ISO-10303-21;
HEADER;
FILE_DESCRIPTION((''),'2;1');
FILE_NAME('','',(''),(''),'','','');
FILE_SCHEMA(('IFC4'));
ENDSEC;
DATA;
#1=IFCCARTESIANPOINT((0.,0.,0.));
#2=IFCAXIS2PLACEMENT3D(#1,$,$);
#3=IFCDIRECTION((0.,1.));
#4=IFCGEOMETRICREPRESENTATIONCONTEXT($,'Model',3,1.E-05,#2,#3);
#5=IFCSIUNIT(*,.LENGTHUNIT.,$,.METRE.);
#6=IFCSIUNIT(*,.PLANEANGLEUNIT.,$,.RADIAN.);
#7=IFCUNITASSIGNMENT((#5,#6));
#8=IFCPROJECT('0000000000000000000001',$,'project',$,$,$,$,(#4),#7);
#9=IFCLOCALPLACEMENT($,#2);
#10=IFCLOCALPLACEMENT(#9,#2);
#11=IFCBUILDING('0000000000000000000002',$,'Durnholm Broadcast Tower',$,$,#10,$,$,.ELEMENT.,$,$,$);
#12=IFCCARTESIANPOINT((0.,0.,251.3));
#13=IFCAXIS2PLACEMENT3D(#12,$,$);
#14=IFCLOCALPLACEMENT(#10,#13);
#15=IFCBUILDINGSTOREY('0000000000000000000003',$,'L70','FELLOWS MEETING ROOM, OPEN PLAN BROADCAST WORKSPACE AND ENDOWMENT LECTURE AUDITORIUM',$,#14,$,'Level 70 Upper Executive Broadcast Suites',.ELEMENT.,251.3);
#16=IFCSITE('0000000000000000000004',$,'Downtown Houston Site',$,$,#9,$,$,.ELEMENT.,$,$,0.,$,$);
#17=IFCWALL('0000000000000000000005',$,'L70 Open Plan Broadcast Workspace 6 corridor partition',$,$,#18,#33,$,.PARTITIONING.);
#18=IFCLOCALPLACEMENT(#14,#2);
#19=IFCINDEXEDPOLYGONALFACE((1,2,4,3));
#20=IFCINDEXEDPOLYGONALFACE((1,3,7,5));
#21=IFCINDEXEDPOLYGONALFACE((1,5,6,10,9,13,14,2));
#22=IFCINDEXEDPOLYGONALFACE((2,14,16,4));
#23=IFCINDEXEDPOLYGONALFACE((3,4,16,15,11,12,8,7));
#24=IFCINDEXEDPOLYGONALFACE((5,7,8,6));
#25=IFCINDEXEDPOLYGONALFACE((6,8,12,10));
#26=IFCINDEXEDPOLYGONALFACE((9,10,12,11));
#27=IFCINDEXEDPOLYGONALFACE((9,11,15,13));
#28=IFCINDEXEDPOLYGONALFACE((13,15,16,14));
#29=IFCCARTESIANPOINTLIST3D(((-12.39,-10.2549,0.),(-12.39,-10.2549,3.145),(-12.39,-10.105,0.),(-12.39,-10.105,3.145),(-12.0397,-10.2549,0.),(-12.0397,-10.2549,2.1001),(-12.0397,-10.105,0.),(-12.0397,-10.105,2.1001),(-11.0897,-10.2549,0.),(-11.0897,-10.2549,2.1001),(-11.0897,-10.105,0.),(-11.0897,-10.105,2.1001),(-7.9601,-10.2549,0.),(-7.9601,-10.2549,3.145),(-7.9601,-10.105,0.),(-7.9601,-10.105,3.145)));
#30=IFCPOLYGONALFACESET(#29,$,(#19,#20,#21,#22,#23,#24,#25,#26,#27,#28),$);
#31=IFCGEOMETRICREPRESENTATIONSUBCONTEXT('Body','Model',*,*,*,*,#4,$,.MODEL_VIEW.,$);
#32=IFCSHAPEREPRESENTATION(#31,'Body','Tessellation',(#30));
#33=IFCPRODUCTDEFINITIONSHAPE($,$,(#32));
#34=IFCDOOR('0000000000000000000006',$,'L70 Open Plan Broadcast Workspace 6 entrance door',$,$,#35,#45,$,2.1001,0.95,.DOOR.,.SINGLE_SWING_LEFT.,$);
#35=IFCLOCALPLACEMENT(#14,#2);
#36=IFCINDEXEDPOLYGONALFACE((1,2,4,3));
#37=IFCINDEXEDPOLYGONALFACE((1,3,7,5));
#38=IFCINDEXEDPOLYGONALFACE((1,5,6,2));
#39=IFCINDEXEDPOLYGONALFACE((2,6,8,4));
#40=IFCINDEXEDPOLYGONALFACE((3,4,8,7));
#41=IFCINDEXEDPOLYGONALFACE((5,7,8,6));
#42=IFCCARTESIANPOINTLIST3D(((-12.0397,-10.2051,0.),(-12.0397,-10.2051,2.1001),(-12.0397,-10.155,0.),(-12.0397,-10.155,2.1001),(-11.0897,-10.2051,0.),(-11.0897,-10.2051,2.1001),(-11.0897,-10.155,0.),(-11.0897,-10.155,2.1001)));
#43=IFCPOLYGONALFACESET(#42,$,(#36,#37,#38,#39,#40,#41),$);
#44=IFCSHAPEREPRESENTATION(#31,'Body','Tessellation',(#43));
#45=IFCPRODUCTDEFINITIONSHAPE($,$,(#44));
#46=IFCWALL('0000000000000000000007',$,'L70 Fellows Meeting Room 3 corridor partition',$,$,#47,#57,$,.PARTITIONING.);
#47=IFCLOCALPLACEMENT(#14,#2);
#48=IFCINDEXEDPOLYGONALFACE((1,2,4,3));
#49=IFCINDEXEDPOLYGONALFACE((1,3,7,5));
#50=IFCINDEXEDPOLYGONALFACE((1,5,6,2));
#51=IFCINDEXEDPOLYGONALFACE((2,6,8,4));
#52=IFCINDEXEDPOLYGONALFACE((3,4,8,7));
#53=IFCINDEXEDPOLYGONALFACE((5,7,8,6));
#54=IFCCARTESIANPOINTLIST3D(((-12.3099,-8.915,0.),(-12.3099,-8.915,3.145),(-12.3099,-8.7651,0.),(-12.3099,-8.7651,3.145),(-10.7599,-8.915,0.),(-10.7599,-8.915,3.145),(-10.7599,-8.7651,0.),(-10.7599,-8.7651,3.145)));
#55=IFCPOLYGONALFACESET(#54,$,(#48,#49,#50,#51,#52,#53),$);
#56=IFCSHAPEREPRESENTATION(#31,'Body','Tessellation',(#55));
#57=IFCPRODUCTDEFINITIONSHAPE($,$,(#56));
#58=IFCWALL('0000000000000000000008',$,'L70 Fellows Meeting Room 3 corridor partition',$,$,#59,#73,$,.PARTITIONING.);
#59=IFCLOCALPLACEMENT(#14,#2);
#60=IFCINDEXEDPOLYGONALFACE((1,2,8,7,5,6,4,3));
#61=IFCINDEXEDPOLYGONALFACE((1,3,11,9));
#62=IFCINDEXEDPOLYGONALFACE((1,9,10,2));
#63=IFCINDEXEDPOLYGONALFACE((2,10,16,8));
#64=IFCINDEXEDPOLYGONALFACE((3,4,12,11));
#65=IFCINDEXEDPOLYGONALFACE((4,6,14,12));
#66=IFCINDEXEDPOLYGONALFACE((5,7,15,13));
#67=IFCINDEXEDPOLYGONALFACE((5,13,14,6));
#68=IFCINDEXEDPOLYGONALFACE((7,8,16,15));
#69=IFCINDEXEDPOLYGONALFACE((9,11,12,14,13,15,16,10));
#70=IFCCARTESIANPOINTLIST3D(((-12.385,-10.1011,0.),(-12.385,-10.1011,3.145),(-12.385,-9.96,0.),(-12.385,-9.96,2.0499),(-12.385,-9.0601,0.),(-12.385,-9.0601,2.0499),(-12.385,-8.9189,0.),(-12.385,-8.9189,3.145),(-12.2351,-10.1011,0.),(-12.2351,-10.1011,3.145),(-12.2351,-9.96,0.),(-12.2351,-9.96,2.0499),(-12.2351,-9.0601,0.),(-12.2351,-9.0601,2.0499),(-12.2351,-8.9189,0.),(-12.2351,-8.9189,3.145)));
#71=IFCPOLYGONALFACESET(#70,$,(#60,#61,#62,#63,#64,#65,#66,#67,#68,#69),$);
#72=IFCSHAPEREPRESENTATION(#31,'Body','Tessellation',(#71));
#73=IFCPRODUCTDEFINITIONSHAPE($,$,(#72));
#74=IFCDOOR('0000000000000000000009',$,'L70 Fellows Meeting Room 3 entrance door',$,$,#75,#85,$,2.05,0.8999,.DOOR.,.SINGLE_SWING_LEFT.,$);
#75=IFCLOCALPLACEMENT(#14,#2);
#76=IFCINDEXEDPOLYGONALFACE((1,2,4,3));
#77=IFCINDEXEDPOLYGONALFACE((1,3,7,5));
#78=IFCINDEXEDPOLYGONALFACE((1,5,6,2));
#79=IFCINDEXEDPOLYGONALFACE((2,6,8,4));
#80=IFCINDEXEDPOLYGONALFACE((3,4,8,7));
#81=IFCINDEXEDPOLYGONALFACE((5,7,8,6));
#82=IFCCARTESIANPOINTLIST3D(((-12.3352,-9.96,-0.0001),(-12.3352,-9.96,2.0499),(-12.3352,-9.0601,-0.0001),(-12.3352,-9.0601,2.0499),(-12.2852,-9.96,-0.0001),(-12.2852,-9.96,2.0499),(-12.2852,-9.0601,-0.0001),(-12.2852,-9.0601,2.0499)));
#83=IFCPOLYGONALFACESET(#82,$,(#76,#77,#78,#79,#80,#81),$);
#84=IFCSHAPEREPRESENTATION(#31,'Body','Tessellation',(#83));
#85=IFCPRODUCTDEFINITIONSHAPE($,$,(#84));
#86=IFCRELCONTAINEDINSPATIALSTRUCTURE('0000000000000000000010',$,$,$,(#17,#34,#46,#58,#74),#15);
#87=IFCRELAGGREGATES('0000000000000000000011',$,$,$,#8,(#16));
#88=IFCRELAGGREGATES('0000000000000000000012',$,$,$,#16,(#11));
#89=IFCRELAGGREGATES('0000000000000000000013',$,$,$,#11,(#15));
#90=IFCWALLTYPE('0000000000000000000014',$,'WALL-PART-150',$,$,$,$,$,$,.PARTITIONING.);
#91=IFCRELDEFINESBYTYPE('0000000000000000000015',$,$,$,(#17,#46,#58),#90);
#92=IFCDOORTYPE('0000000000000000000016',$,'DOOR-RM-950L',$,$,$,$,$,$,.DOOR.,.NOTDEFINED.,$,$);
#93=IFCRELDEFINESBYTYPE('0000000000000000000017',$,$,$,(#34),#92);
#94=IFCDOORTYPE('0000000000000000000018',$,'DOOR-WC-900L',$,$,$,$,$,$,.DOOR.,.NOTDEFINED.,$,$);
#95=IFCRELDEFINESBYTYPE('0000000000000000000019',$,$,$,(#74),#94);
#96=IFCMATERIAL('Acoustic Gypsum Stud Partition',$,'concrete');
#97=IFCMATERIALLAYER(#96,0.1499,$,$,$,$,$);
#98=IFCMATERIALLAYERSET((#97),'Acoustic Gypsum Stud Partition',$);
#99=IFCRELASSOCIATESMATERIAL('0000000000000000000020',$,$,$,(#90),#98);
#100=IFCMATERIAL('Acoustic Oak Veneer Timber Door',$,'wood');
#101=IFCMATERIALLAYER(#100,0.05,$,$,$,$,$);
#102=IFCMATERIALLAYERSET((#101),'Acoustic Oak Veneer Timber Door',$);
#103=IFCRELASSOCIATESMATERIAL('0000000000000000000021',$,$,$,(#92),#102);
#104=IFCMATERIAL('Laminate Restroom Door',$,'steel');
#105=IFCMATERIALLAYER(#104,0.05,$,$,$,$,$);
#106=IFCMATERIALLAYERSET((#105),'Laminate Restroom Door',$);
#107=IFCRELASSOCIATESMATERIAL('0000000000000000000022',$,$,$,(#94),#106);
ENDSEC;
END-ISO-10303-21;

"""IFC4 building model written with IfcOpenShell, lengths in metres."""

from ifc_helpers import new_model, si_unit, direction, frame, frame_2d, origin, place, context, subcontext, project, spatial, rectangle, extrude, source, transform, mapped, material, layer, layer_set, type_object, type_shapes, element, fill, save


model = new_model("IFC4")

# Units and contexts
model_context = context("Model", 3, precision=1e-05, world=origin(), true_north=direction((0.0, 1.0)))
body_context = subcontext(model_context, "Body", "Model", "MODEL_VIEW")
ifc_project = project(units=[si_unit("LENGTHUNIT", "METRE"), si_unit("PLANEANGLEUNIT", "RADIAN")], contexts=[model_context])

# Site, building, storey
site_placement = place(None, origin())
site = spatial("IfcSite", under=ifc_project, at=site_placement, Name="Downtown Houston Site", CompositionType="ELEMENT", RefElevation=0.0)
building_placement = place(site_placement, origin())
building = spatial("IfcBuilding", under=site, at=building_placement, Name="Durnholm Broadcast Tower", CompositionType="ELEMENT")
storey_placement = place(building_placement, frame((0.0, 0.0, 251.3)))
storey = spatial("IfcBuildingStorey", under=building, at=storey_placement, Name="L70", Description="FELLOWS MEETING ROOM, OPEN PLAN BROADCAST WORKSPACE AND ENDOWMENT LECTURE AUDITORIUM", LongName="Level 70 Upper Executive Broadcast Suites", CompositionType="ELEMENT", Elevation=251.3)

# Wall, opening, door
ifc_material_1 = material(Name="Acoustic Gypsum Stud Partition", Category="concrete")
ifc_layer_1 = layer(ifc_material_1, 0.1499)
ifc_layer_set_1 = layer_set([ifc_layer_1], Name="Acoustic Gypsum Stud Partition")
wall_type_1 = type_object("IfcWallType", Name="WALL-PART-150", PredefinedType="PARTITIONING", material=ifc_layer_set_1)
wall_1_placement = place(storey_placement, frame((-12.3899, -10.1799, 0.0), z_axis=(0.0, 0.0, 1.0), x_axis=(1.0, 0.0, 0.0)))
wall_1 = element("IfcWall", 1, at=wall_1_placement, inside=storey, type_object=wall_type_1, Name="L70 Open Plan Broadcast Workspace 6 corridor partition", PredefinedType="PARTITIONING", context=body_context, shape_type="SweptSolid", body=[
    extrude(rectangle(XDim=4.4299, YDim=0.1499, at=frame_2d((2.2148, 0.0))), origin(), (0.0, 0.0, 1.0), 3.145),
])
opening_1_placement = place(wall_1_placement, frame((0.3501, 0.0, 0.0)))
opening_1 = element("IfcOpeningElement", 2, at=opening_1_placement, cuts=wall_1, PredefinedType="OPENING", context=body_context, shape_type="SweptSolid", body=[
    extrude(rectangle(XDim=0.95, YDim=2.1001, at=frame_2d((0.4751, 1.05))), frame((0.0, 0.085, 0.0), z_axis=(0.0, -1.0, 0.0), x_axis=(1.0, 0.0, 0.0)), (0.0, 0.0, 1.0), 0.1699),
])
ifc_material_2 = material(Name="Acoustic Oak Veneer Timber Door", Category="wood")
ifc_layer_2 = layer(ifc_material_2, 0.05)
ifc_layer_set_2 = layer_set([ifc_layer_2], Name="Acoustic Oak Veneer Timber Door")
door_type_1 = type_object("IfcDoorType", Name="DOOR-RM-950L", OperationType="NOTDEFINED", PredefinedType="DOOR", material=ifc_layer_set_2)
shared_shape_1 = source(origin(), body_context, "Body", "SweptSolid", [
    extrude(rectangle(XDim=0.95, YDim=2.1001, at=frame_2d((0.4751, 1.05))), frame((0.0, 0.0249, 0.0), z_axis=(0.0, -1.0, 0.0), x_axis=(1.0, 0.0, 0.0)), (0.0, 0.0, 1.0), 0.05),
])
type_shapes(door_type_1, [shared_shape_1])
door_1_placement = place(opening_1_placement, origin())
door_1 = element("IfcDoor", 3, at=door_1_placement, inside=storey, type_object=door_type_1, Name="L70 Open Plan Broadcast Workspace 6 entrance door", OperationType="SINGLE_SWING_LEFT", OverallHeight=2.1001, OverallWidth=0.95, PredefinedType="DOOR", context=body_context, shape_type="MappedRepresentation", body=[
    mapped(shared_shape_1, transform((0.0, 0.0, 0.0), x_axis=(1.0, 0.0, 0.0), y_axis=(0.0, 1.0, 0.0), z_axis=(0.0, 0.0, 1.0), scale=1.0)),
])
fill(opening_1, door_1)

# Wall
wall_2_placement = place(storey_placement, frame((-10.76, -8.8401, 0.0), z_axis=(0.0, 0.0, 1.0), x_axis=(-1.0, 0.0, 0.0)))
element("IfcWall", 4, at=wall_2_placement, inside=storey, type_object=wall_type_1, Name="L70 Fellows Meeting Room 3 corridor partition", PredefinedType="PARTITIONING", context=body_context, shape_type="SweptSolid", body=[
    extrude(rectangle(XDim=1.55, YDim=0.1499, at=frame_2d((0.7749, 0.0))), origin(), (0.0, 0.0, 1.0), 3.145),
])

# Wall, opening, door
wall_3_placement = place(storey_placement, frame((-12.3101, -8.9189, 0.0), z_axis=(0.0, 0.0, 1.0), x_axis=(0.0, -1.0, 0.0)))
wall_3 = element("IfcWall", 5, at=wall_3_placement, inside=storey, type_object=wall_type_1, Name="L70 Fellows Meeting Room 3 corridor partition", PredefinedType="PARTITIONING", context=body_context, shape_type="SweptSolid", body=[
    extrude(rectangle(XDim=1.1821, YDim=0.1499, at=frame_2d((0.5911, 0.0))), origin(), (0.0, 0.0, 1.0), 3.145),
])
opening_2_placement = place(wall_3_placement, frame((0.1411, 0.0, 0.0)))
opening_2 = element("IfcOpeningElement", 6, at=opening_2_placement, cuts=wall_3, PredefinedType="OPENING", context=body_context, shape_type="SweptSolid", body=[
    extrude(rectangle(XDim=0.8999, YDim=2.05, at=frame_2d((0.45, 1.0249))), frame((0.0, 0.085, 0.0), z_axis=(0.0, -1.0, 0.0), x_axis=(1.0, 0.0, 0.0)), (0.0, 0.0, 1.0), 0.1699),
])
ifc_material_3 = material(Name="Laminate Restroom Door", Category="steel")
ifc_layer_3 = layer(ifc_material_3, 0.05)
ifc_layer_set_3 = layer_set([ifc_layer_3], Name="Laminate Restroom Door")
door_type_2 = type_object("IfcDoorType", Name="DOOR-WC-900L", OperationType="NOTDEFINED", PredefinedType="DOOR", material=ifc_layer_set_3)
shared_shape_2 = source(origin(), body_context, "Body", "SweptSolid", [
    extrude(rectangle(XDim=0.8999, YDim=2.05, at=frame_2d((0.45, 1.0249))), frame((0.0, 0.0249, 0.0), z_axis=(0.0, -1.0, 0.0), x_axis=(1.0, 0.0, 0.0)), (0.0, 0.0, 1.0), 0.05),
])
type_shapes(door_type_2, [shared_shape_2])
door_2_placement = place(opening_2_placement, origin())
door_2 = element("IfcDoor", 7, at=door_2_placement, inside=storey, type_object=door_type_2, Name="L70 Fellows Meeting Room 3 entrance door", OperationType="SINGLE_SWING_LEFT", OverallHeight=2.05, OverallWidth=0.8999, PredefinedType="DOOR", context=body_context, shape_type="MappedRepresentation", body=[
    mapped(shared_shape_2, transform((0.0, 0.0, 0.0), x_axis=(1.0, 0.0, 0.0), y_axis=(0.0, 1.0, 0.0), z_axis=(0.0, 0.0, 1.0), scale=1.0)),
])
fill(opening_2, door_2)

save(model, "model.ifc")
